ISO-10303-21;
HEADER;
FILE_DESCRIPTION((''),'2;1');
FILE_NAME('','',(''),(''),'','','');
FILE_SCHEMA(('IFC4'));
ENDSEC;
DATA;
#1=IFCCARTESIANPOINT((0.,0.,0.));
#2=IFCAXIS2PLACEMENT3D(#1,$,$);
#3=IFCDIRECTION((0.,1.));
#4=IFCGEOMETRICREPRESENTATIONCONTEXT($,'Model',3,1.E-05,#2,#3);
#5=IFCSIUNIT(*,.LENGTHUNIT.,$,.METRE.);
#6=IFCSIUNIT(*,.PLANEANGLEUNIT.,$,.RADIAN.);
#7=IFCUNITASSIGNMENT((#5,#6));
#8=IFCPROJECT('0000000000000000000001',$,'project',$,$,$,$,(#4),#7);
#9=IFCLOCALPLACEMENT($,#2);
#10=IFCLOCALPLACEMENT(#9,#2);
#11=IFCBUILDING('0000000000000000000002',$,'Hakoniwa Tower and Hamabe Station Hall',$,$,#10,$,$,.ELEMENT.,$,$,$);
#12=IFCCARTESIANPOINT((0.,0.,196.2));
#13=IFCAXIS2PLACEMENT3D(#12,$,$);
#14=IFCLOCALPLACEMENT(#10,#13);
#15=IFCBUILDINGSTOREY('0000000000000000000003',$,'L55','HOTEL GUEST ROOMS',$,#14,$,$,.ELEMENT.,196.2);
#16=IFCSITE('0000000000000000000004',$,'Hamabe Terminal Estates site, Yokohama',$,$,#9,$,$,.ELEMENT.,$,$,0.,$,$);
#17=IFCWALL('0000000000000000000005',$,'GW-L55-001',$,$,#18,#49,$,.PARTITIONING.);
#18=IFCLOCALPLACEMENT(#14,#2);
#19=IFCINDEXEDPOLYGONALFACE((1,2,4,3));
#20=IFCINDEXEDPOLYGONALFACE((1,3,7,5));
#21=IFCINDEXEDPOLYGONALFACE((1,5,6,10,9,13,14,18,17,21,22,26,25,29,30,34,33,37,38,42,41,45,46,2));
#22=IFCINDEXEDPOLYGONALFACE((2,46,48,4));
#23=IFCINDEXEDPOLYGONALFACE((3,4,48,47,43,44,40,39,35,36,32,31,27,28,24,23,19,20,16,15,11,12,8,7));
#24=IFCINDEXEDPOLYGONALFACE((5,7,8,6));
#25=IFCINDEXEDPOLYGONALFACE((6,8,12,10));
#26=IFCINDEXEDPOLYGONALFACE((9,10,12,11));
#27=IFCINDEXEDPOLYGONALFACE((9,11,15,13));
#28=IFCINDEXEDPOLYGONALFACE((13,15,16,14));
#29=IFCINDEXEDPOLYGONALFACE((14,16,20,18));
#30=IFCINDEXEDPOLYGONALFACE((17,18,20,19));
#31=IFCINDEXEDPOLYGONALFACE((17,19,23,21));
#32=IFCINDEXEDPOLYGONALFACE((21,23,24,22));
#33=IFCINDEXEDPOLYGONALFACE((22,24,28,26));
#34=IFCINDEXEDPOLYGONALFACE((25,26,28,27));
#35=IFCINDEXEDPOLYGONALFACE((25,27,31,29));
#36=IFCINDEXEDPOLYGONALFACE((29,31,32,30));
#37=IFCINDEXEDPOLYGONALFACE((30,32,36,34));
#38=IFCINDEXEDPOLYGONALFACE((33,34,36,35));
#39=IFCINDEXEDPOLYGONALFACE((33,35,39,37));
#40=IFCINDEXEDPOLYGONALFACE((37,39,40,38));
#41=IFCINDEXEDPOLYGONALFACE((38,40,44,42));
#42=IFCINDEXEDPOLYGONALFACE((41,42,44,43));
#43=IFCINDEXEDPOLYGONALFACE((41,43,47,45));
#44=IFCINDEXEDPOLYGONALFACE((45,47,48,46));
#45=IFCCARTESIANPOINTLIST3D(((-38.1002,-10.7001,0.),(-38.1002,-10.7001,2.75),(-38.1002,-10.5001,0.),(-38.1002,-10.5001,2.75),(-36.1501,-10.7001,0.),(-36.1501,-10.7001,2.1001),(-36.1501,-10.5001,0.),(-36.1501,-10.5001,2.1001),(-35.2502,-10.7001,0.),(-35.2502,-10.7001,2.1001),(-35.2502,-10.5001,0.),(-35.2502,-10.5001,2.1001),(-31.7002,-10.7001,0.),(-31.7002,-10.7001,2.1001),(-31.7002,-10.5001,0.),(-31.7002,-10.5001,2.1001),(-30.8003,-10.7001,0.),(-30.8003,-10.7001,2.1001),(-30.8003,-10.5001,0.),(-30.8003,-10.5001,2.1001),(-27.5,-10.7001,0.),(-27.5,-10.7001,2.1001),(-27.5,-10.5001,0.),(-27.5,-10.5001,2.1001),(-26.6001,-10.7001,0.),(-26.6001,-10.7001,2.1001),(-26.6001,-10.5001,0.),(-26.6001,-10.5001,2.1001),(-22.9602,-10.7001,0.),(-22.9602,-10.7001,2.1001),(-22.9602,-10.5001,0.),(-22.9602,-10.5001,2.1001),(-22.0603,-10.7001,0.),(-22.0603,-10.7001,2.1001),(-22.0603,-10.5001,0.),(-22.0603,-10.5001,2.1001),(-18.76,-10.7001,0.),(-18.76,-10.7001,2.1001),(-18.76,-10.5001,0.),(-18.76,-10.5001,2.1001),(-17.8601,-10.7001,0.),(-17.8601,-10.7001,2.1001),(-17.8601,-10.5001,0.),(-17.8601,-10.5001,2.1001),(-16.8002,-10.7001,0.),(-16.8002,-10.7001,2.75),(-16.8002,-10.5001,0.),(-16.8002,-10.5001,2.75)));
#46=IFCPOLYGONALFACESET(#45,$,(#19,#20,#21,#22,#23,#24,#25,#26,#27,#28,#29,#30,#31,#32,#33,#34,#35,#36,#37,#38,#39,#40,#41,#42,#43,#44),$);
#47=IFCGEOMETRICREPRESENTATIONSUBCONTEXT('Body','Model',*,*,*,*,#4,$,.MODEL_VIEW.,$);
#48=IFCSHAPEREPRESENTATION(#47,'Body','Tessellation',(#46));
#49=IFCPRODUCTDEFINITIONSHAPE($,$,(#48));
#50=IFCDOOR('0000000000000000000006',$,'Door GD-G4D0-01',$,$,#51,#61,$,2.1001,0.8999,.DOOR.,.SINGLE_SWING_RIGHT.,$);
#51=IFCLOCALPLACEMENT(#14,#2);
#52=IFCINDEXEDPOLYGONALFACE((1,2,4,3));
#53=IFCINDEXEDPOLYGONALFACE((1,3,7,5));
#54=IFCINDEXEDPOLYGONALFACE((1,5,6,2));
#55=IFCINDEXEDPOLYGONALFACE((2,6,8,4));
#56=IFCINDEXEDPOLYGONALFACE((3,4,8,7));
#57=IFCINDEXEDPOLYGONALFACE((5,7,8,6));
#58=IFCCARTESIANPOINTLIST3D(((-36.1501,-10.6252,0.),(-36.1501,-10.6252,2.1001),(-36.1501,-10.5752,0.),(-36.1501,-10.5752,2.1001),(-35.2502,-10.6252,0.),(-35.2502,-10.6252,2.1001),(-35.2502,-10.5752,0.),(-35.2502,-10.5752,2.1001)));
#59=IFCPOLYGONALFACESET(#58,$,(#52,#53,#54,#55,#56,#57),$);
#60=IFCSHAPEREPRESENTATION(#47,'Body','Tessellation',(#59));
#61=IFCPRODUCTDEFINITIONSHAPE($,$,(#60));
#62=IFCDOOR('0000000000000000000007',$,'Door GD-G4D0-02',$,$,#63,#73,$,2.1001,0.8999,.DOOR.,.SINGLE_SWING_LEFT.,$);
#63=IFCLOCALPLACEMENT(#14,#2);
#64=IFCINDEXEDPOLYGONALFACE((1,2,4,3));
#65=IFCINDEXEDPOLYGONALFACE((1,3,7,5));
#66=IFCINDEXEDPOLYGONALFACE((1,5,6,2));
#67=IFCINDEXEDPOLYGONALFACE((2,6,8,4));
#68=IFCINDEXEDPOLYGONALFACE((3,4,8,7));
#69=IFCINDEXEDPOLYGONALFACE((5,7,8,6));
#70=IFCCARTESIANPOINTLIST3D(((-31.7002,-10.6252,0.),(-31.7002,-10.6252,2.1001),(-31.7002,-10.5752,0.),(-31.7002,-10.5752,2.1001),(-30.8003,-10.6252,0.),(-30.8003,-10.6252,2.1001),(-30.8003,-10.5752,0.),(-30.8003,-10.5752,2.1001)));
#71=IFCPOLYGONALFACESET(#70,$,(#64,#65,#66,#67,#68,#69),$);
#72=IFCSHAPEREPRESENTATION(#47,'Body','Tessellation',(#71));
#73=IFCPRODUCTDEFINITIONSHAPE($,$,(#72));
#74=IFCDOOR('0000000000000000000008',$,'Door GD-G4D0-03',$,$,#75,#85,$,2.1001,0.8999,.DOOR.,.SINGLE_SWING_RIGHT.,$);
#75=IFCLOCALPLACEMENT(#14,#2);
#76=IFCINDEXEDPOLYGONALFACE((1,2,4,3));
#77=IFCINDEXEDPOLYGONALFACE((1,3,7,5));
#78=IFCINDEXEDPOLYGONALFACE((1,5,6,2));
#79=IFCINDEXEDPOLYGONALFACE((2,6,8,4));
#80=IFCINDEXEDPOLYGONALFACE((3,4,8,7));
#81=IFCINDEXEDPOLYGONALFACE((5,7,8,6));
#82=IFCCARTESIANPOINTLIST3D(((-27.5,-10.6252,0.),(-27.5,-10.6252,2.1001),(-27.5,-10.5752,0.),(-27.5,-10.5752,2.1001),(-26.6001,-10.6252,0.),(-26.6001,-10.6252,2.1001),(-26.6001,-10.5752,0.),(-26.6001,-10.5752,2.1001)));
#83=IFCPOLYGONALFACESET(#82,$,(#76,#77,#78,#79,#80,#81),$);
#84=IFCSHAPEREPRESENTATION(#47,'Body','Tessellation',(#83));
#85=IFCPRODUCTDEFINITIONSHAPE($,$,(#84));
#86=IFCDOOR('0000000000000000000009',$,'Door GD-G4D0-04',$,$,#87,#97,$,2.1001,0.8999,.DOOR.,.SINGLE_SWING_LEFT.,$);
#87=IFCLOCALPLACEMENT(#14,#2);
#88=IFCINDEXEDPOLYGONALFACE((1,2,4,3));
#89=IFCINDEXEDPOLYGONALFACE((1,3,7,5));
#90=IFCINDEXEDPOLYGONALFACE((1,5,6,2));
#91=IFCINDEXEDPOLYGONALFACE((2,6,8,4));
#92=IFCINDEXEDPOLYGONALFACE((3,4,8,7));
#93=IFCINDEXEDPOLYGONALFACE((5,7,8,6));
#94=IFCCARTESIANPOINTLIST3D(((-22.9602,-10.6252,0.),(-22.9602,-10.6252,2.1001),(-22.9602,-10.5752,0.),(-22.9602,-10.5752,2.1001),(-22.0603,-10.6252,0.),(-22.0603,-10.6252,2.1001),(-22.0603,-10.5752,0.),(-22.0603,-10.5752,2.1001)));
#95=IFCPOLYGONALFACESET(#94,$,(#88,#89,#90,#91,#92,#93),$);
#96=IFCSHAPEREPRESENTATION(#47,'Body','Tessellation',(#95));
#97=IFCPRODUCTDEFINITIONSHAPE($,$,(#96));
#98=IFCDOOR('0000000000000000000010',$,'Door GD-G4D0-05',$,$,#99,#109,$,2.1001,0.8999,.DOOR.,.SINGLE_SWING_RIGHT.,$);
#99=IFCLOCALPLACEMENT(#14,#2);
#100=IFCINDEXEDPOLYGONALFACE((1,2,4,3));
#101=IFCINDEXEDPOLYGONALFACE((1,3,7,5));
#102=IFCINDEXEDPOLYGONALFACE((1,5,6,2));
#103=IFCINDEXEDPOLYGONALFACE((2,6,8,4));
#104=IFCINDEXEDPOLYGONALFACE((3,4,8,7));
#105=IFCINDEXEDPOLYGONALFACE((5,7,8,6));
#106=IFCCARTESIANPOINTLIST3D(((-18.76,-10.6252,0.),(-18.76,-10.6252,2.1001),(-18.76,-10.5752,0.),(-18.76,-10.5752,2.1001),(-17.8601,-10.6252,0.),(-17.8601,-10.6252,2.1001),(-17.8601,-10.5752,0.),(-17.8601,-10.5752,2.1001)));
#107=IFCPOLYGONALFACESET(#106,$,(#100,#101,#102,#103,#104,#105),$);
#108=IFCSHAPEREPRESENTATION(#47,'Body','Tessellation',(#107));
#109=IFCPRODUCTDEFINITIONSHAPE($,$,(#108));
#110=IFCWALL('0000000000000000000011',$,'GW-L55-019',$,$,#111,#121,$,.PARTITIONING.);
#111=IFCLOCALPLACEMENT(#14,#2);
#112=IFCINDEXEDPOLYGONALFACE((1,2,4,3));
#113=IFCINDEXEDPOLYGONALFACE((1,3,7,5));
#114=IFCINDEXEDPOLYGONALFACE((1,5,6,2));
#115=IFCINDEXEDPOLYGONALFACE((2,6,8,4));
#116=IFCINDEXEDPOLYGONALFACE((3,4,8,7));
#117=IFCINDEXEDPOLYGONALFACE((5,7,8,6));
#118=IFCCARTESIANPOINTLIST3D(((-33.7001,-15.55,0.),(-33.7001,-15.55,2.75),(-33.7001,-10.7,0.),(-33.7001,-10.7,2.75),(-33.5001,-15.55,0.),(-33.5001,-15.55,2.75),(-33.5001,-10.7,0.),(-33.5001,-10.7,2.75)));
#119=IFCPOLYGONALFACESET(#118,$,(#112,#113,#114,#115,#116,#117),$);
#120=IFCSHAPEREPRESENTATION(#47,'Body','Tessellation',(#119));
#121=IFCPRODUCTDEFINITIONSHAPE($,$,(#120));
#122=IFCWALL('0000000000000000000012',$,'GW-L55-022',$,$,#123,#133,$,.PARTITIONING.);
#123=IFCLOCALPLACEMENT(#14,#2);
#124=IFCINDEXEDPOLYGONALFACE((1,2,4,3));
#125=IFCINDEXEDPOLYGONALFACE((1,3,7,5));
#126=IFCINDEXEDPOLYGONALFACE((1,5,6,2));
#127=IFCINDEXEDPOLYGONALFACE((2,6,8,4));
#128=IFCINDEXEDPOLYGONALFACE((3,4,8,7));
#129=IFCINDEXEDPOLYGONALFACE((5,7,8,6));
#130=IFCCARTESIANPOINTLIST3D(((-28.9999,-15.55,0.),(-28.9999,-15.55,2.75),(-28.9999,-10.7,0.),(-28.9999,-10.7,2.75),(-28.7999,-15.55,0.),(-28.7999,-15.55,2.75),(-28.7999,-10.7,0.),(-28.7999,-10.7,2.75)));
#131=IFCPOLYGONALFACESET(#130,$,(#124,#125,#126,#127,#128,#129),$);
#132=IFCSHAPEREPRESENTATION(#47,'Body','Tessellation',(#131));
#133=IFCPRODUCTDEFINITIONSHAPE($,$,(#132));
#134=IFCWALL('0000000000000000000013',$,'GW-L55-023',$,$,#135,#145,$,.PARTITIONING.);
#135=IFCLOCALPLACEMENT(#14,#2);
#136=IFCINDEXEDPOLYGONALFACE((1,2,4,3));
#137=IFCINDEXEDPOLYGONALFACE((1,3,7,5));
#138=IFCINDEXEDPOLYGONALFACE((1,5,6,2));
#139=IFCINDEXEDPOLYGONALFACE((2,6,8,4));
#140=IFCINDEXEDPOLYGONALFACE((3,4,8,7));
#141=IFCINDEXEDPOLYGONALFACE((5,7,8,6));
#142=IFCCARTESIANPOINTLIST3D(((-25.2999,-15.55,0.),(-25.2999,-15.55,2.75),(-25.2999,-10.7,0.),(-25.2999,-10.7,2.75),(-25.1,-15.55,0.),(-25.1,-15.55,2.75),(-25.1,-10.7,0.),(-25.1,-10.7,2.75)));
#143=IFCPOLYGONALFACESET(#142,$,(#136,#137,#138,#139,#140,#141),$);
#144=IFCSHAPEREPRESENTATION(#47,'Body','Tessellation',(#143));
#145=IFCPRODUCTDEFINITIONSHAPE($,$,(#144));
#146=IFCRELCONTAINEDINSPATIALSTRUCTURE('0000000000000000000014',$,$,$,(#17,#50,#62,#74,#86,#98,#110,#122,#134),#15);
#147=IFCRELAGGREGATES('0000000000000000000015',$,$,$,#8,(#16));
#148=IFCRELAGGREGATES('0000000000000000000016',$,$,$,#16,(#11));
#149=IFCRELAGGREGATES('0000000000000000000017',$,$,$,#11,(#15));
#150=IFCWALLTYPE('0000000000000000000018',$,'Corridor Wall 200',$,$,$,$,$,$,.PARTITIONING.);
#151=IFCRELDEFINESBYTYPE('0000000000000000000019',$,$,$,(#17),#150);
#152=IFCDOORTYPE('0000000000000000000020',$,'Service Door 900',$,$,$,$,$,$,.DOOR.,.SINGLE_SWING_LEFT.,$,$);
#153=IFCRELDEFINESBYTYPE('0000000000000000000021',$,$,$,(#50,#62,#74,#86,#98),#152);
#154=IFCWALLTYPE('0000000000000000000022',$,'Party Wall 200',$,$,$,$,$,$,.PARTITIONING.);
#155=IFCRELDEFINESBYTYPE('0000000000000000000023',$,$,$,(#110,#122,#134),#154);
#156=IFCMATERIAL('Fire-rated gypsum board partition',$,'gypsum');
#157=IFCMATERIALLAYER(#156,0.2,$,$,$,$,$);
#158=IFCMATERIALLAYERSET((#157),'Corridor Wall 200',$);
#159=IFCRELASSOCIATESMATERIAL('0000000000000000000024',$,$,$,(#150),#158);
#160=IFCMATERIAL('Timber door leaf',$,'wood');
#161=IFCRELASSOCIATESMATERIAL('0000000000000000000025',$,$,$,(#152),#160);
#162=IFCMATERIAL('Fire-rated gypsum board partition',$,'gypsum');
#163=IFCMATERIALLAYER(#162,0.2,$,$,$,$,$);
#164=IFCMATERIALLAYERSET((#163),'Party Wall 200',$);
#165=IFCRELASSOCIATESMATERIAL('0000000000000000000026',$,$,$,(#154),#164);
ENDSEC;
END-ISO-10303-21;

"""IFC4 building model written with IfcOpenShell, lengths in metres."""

from ifc_helpers import new_model, si_unit, direction, frame, frame_2d, origin, place, context, subcontext, project, spatial, rectangle, extrude, material, layer, layer_set, type_object, element, fill, save


model = new_model("IFC4")

# Units and contexts
model_context = context("Model", 3, precision=1e-05, world=origin(), true_north=direction((0.0, 1.0)))
body_context = subcontext(model_context, "Body", "Model", "MODEL_VIEW")
ifc_project = project(units=[si_unit("LENGTHUNIT", "METRE"), si_unit("PLANEANGLEUNIT", "RADIAN")], contexts=[model_context])

# Site, building, storey
site_placement = place(None, origin())
site = spatial("IfcSite", under=ifc_project, at=site_placement, Name="Hamabe Terminal Estates site, Yokohama", CompositionType="ELEMENT", RefElevation=0.0)
building_placement = place(site_placement, origin())
building = spatial("IfcBuilding", under=site, at=building_placement, Name="Hakoniwa Tower and Hamabe Station Hall", CompositionType="ELEMENT")
storey_placement = place(building_placement, frame((0.0, 0.0, 196.2)))
storey = spatial("IfcBuildingStorey", under=building, at=storey_placement, Name="L55", Description="HOTEL GUEST ROOMS", CompositionType="ELEMENT", Elevation=196.2)

# Wall, openings, doors
ifc_material_1 = material(Name="Fire-rated gypsum board partition", Category="gypsum")
ifc_layer_1 = layer(ifc_material_1, 0.2)
ifc_layer_set_1 = layer_set([ifc_layer_1], Name="Corridor Wall 200")
wall_type_1 = type_object("IfcWallType", Name="Corridor Wall 200", PredefinedType="PARTITIONING", material=ifc_layer_set_1)
wall_placement = place(storey_placement, frame((-38.1001, -10.6001, 0.0), z_axis=(0.0, 0.0, 1.0), x_axis=(1.0, 0.0, 0.0)))
wall = element("IfcWall", 1, at=wall_placement, inside=storey, type_object=wall_type_1, Name="GW-L55-001", PredefinedType="PARTITIONING", context=body_context, shape_type="SweptSolid", body=[
    extrude(rectangle(XDim=21.3, YDim=0.2, at=frame_2d((10.6499, 0.0))), origin(), (0.0, 0.0, 1.0), 2.75),
])
opening_1_placement = place(wall_placement, frame((1.95, 0.0, 0.0)))
opening_1 = element("IfcOpeningElement", 2, at=opening_1_placement, cuts=wall, PredefinedType="OPENING", context=body_context, shape_type="SweptSolid", body=[
    extrude(rectangle(XDim=0.8999, YDim=2.1001, at=frame_2d((0.45, 1.05))), frame((0.0, 0.1099, 0.0), z_axis=(0.0, -1.0, 0.0), x_axis=(1.0, 0.0, 0.0)), (0.0, 0.0, 1.0), 0.22),
])
opening_2_placement = place(wall_placement, frame((6.3999, 0.0, 0.0)))
opening_2 = element("IfcOpeningElement", 3, at=opening_2_placement, cuts=wall, PredefinedType="OPENING", context=body_context, shape_type="SweptSolid", body=[
    extrude(rectangle(XDim=0.8999, YDim=2.1001, at=frame_2d((0.45, 1.05))), frame((0.0, 0.1099, 0.0), z_axis=(0.0, -1.0, 0.0), x_axis=(1.0, 0.0, 0.0)), (0.0, 0.0, 1.0), 0.22),
])
opening_3_placement = place(wall_placement, frame((10.6001, 0.0, 0.0)))
opening_3 = element("IfcOpeningElement", 4, at=opening_3_placement, cuts=wall, PredefinedType="OPENING", context=body_context, shape_type="SweptSolid", body=[
    extrude(rectangle(XDim=0.8999, YDim=2.1001, at=frame_2d((0.45, 1.05))), frame((0.0, 0.1099, 0.0), z_axis=(0.0, -1.0, 0.0), x_axis=(1.0, 0.0, 0.0)), (0.0, 0.0, 1.0), 0.22),
])
opening_4_placement = place(wall_placement, frame((15.1399, 0.0, 0.0)))
opening_4 = element("IfcOpeningElement", 5, at=opening_4_placement, cuts=wall, PredefinedType="OPENING", context=body_context, shape_type="SweptSolid", body=[
    extrude(rectangle(XDim=0.8999, YDim=2.1001, at=frame_2d((0.45, 1.05))), frame((0.0, 0.1099, 0.0), z_axis=(0.0, -1.0, 0.0), x_axis=(1.0, 0.0, 0.0)), (0.0, 0.0, 1.0), 0.22),
])
opening_5_placement = place(wall_placement, frame((19.3401, 0.0, 0.0)))
opening_5 = element("IfcOpeningElement", 6, at=opening_5_placement, cuts=wall, PredefinedType="OPENING", context=body_context, shape_type="SweptSolid", body=[
    extrude(rectangle(XDim=0.8999, YDim=2.1001, at=frame_2d((0.45, 1.05))), frame((0.0, 0.1099, 0.0), z_axis=(0.0, -1.0, 0.0), x_axis=(1.0, 0.0, 0.0)), (0.0, 0.0, 1.0), 0.22),
])
ifc_material_2 = material(Name="Timber door leaf", Category="wood")
door_type = type_object("IfcDoorType", Name="Service Door 900", OperationType="SINGLE_SWING_LEFT", PredefinedType="DOOR", material=ifc_material_2)
door_1_placement = place(opening_1_placement, origin())
door_1 = element("IfcDoor", 7, at=door_1_placement, inside=storey, type_object=door_type, Name="Door GD-G4D0-01", OperationType="SINGLE_SWING_RIGHT", OverallHeight=2.1001, OverallWidth=0.8999, PredefinedType="DOOR", context=body_context, shape_type="SweptSolid", body=[
    extrude(rectangle(XDim=0.8999, YDim=2.1001, at=frame_2d((0.45, 1.05))), frame((0.0, 0.0249, 0.0), z_axis=(0.0, -1.0, 0.0), x_axis=(1.0, 0.0, 0.0)), (0.0, 0.0, 1.0), 0.05),
])
fill(opening_1, door_1)
door_2_placement = place(opening_2_placement, origin())
door_2 = element("IfcDoor", 8, at=door_2_placement, inside=storey, type_object=door_type, Name="Door GD-G4D0-02", OperationType="SINGLE_SWING_LEFT", OverallHeight=2.1001, OverallWidth=0.8999, PredefinedType="DOOR", context=body_context, shape_type="SweptSolid", body=[
    extrude(rectangle(XDim=0.8999, YDim=2.1001, at=frame_2d((0.45, 1.05))), frame((0.0, 0.0249, 0.0), z_axis=(0.0, -1.0, 0.0), x_axis=(1.0, 0.0, 0.0)), (0.0, 0.0, 1.0), 0.05),
])
fill(opening_2, door_2)
door_3_placement = place(opening_3_placement, origin())
door_3 = element("IfcDoor", 9, at=door_3_placement, inside=storey, type_object=door_type, Name="Door GD-G4D0-03", OperationType="SINGLE_SWING_RIGHT", OverallHeight=2.1001, OverallWidth=0.8999, PredefinedType="DOOR", context=body_context, shape_type="SweptSolid", body=[
    extrude(rectangle(XDim=0.8999, YDim=2.1001, at=frame_2d((0.45, 1.05))), frame((0.0, 0.0249, 0.0), z_axis=(0.0, -1.0, 0.0), x_axis=(1.0, 0.0, 0.0)), (0.0, 0.0, 1.0), 0.05),
])
fill(opening_3, door_3)
door_4_placement = place(opening_4_placement, origin())
door_4 = element("IfcDoor", 10, at=door_4_placement, inside=storey, type_object=door_type, Name="Door GD-G4D0-04", OperationType="SINGLE_SWING_LEFT", OverallHeight=2.1001, OverallWidth=0.8999, PredefinedType="DOOR", context=body_context, shape_type="SweptSolid", body=[
    extrude(rectangle(XDim=0.8999, YDim=2.1001, at=frame_2d((0.45, 1.05))), frame((0.0, 0.0249, 0.0), z_axis=(0.0, -1.0, 0.0), x_axis=(1.0, 0.0, 0.0)), (0.0, 0.0, 1.0), 0.05),
])
fill(opening_4, door_4)
door_5_placement = place(opening_5_placement, origin())
door_5 = element("IfcDoor", 11, at=door_5_placement, inside=storey, type_object=door_type, Name="Door GD-G4D0-05", OperationType="SINGLE_SWING_RIGHT", OverallHeight=2.1001, OverallWidth=0.8999, PredefinedType="DOOR", context=body_context, shape_type="SweptSolid", body=[
    extrude(rectangle(XDim=0.8999, YDim=2.1001, at=frame_2d((0.45, 1.05))), frame((0.0, 0.0249, 0.0), z_axis=(0.0, -1.0, 0.0), x_axis=(1.0, 0.0, 0.0)), (0.0, 0.0, 1.0), 0.05),
])
fill(opening_5, door_5)

# Walls
ifc_material_3 = material(Name="Fire-rated gypsum board partition", Category="gypsum")
ifc_layer_2 = layer(ifc_material_3, 0.2)
ifc_layer_set_2 = layer_set([ifc_layer_2], Name="Party Wall 200")
wall_type_2 = type_object("IfcWallType", Name="Party Wall 200", PredefinedType="PARTITIONING", material=ifc_layer_set_2)
for number, where, z_axis, x_axis, name in (
    (12, (-33.6001, -15.55, 0.0), (0.0, 0.0, 1.0), (0.0, 1.0, 0.0), "GW-L55-019"),
    (13, (-28.8999, -15.55, 0.0), (0.0, 0.0, 1.0), (0.0, 1.0, 0.0), "GW-L55-022"),
    (14, (-25.2, -15.55, 0.0), (0.0, 0.0, 1.0), (0.0, 1.0, 0.0), "GW-L55-023"),
):
    element("IfcWall", number, at=place(storey_placement, frame(where, z_axis=z_axis, x_axis=x_axis)), inside=storey, type_object=wall_type_2, Name=name, PredefinedType="PARTITIONING", context=body_context, shape_type="SweptSolid", body=[
        extrude(rectangle(XDim=4.8501, YDim=0.2, at=frame_2d((2.425, 0.0))), origin(), (0.0, 0.0, 1.0), 2.75),
    ])

save(model, "model.ifc")
